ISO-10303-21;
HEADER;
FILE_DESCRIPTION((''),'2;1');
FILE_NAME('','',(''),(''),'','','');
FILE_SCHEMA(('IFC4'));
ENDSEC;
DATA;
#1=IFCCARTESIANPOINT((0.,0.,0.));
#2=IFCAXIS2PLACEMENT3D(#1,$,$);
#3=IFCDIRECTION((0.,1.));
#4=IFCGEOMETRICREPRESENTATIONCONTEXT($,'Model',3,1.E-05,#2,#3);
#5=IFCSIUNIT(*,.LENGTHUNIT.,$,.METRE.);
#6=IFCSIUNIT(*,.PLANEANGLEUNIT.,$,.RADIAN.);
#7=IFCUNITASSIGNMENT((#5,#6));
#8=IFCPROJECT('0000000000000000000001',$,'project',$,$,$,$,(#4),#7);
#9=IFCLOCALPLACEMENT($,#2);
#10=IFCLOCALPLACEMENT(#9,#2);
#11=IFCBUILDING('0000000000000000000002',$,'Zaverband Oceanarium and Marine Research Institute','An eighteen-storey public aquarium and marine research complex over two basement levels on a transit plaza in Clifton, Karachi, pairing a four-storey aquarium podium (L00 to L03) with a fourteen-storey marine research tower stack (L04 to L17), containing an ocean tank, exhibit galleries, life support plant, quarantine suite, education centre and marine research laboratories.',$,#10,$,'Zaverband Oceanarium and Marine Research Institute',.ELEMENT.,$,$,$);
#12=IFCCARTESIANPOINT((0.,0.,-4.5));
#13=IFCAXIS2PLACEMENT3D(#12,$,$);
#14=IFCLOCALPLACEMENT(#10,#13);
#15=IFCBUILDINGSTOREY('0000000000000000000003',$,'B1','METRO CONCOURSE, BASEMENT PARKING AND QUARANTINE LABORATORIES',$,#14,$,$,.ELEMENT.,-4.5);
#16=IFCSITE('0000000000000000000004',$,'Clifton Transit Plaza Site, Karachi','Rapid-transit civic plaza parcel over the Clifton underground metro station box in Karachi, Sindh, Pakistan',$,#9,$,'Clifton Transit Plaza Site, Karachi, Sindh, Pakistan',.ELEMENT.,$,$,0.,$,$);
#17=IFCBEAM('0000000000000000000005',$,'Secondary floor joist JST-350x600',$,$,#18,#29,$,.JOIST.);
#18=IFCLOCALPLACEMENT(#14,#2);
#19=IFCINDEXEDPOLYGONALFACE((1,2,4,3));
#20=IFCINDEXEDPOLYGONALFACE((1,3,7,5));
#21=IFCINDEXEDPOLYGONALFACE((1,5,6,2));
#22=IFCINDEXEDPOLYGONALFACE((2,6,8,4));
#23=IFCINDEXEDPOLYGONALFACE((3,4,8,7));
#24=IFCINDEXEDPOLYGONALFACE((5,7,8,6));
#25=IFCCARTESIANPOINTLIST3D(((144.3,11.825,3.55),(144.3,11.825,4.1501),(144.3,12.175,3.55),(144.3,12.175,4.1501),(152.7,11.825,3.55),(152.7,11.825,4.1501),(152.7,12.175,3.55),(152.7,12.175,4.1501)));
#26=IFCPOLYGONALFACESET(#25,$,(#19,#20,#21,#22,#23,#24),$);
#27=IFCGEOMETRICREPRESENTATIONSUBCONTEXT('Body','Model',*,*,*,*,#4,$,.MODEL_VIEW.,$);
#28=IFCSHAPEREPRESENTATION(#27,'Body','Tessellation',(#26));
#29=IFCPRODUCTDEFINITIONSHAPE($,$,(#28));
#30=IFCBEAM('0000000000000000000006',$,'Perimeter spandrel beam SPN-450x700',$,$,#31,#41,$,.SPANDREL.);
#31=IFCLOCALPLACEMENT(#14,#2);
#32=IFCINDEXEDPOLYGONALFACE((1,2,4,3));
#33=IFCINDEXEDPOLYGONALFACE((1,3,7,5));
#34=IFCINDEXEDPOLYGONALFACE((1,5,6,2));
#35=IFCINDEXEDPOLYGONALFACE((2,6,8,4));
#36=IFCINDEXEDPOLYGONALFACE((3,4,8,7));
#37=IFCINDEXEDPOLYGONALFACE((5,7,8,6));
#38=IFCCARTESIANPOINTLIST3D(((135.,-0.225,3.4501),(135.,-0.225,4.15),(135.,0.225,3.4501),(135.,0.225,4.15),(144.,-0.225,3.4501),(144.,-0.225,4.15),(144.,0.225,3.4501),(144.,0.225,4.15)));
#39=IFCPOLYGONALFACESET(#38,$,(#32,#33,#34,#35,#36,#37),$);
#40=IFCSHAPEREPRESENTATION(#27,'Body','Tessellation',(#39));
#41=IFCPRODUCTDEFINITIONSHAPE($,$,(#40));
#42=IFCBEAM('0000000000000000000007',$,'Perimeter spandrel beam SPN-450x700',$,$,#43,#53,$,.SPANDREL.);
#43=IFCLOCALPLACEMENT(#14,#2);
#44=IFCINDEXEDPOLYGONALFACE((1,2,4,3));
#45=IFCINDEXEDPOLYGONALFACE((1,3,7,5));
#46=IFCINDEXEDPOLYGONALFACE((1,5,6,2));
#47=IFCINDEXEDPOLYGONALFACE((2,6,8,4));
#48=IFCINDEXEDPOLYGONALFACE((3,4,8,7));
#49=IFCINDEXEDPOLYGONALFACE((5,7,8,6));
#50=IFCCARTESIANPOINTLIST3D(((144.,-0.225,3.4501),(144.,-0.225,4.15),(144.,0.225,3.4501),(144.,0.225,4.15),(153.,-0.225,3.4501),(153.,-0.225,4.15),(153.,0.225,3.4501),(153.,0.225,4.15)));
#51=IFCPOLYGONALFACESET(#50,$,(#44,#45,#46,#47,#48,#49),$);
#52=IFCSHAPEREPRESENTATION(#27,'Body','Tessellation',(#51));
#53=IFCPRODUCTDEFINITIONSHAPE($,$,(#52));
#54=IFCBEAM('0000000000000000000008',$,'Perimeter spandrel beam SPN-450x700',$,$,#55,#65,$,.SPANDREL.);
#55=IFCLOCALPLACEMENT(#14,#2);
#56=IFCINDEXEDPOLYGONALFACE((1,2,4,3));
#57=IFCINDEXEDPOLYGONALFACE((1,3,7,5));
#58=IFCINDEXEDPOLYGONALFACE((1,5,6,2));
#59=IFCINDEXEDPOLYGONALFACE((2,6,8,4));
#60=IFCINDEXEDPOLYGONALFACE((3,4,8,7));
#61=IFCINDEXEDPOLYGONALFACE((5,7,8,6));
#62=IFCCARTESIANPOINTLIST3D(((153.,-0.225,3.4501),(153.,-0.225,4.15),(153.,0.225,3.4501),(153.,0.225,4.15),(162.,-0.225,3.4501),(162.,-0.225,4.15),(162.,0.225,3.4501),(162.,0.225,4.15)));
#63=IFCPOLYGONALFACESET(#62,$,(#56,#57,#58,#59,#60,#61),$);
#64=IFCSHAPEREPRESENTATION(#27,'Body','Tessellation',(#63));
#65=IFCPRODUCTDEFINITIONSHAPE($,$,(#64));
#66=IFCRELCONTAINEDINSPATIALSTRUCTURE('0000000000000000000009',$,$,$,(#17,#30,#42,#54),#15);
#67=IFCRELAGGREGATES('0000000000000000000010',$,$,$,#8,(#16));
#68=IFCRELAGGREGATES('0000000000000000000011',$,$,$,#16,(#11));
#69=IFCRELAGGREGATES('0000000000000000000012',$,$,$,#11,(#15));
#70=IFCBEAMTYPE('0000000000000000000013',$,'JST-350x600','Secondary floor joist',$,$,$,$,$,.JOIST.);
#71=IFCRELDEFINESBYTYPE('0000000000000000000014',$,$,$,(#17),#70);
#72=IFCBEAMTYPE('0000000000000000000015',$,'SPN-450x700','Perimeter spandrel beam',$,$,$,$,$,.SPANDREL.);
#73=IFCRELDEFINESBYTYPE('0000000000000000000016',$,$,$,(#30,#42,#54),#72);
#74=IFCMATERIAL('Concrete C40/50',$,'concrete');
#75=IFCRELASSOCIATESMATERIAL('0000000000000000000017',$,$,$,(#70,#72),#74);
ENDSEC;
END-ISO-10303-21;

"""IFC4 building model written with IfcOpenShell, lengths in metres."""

from ifc_helpers import new_model, si_unit, direction, frame, origin, origin_2d, place, context, subcontext, project, spatial, rectangle, extrude, material, material_profile, profile_set, type_object, element, save


model = new_model("IFC4")

# Units and contexts
model_context = context("Model", 3, precision=1e-05, world=origin(), true_north=direction((0.0, 1.0)))
body_context = subcontext(model_context, "Body", "Model", "MODEL_VIEW")
ifc_project = project(units=[si_unit("LENGTHUNIT", "METRE"), si_unit("PLANEANGLEUNIT", "RADIAN")], contexts=[model_context])

# Site, building, storey
site_placement = place(None, origin())
site = spatial("IfcSite", under=ifc_project, at=site_placement, Name="Clifton Transit Plaza Site, Karachi", Description="Rapid-transit civic plaza parcel over the Clifton underground metro station box in Karachi, Sindh, Pakistan", LongName="Clifton Transit Plaza Site, Karachi, Sindh, Pakistan", CompositionType="ELEMENT", RefElevation=0.0)
building_placement = place(site_placement, origin())
building = spatial("IfcBuilding", under=site, at=building_placement, Name="Zaverband Oceanarium and Marine Research Institute", Description="An eighteen-storey public aquarium and marine research complex over two basement levels on a transit plaza in Clifton, Karachi, pairing a four-storey aquarium podium (L00 to L03) with a fourteen-storey marine research tower stack (L04 to L17), containing an ocean tank, exhibit galleries, life support plant, quarantine suite, education centre and marine research laboratories.", LongName="Zaverband Oceanarium and Marine Research Institute", CompositionType="ELEMENT")
storey_placement = place(building_placement, frame((0.0, 0.0, -4.5)))
storey = spatial("IfcBuildingStorey", under=building, at=storey_placement, Name="B1", Description="METRO CONCOURSE, BASEMENT PARKING AND QUARANTINE LABORATORIES", CompositionType="ELEMENT", Elevation=-4.5)

# Beams
ifc_material_1 = material(Name="Concrete C40/50", Category="concrete")
ifc_material_profile_1 = material_profile(ifc_material_1, rectangle(XDim=0.3501, YDim=0.6001, at=origin_2d()), Name="RC350x600")
ifc_profile_set_1 = profile_set([ifc_material_profile_1], Name="Concrete C40/50")
beam_type_1 = type_object("IfcBeamType", Name="JST-350x600", Description="Secondary floor joist", PredefinedType="JOIST", material=ifc_profile_set_1)
for number, where, z_axis, x_axis, name in (
    (1, (144.3, 12.0, 3.8501), (1.0, 0.0, 0.0), (0.0, 1.0, 0.0), "Secondary floor joist JST-350x600"),
):
    element("IfcBeam", number, at=place(storey_placement, frame(where, z_axis=z_axis, x_axis=x_axis)), inside=storey, type_object=beam_type_1, Name=name, PredefinedType="JOIST", context=body_context, shape_type="SweptSolid", body=[
        extrude(rectangle(XDim=0.3501, YDim=0.6001, at=origin_2d()), origin(), (0.0, 0.0, 1.0), 8.3999),
    ])
ifc_material_profile_2 = material_profile(ifc_material_1, rectangle(XDim=0.45, YDim=0.7, at=origin_2d()), Name="RC450x700")
ifc_profile_set_2 = profile_set([ifc_material_profile_2], Name="Concrete C40/50")
beam_type_2 = type_object("IfcBeamType", Name="SPN-450x700", Description="Perimeter spandrel beam", PredefinedType="SPANDREL", material=ifc_profile_set_2)
for number, where, z_axis, x_axis, name in (
    (2, (135.0, 0.0, 3.8), (1.0, 0.0, 0.0), (0.0, 1.0, 0.0), "Perimeter spandrel beam SPN-450x700"),
    (3, (144.0, 0.0, 3.8), (1.0, 0.0, 0.0), (0.0, 1.0, 0.0), "Perimeter spandrel beam SPN-450x700"),
    (4, (153.0, 0.0, 3.8), (1.0, 0.0, 0.0), (0.0, 1.0, 0.0), "Perimeter spandrel beam SPN-450x700"),
):
    element("IfcBeam", number, at=place(storey_placement, frame(where, z_axis=z_axis, x_axis=x_axis)), inside=storey, type_object=beam_type_2, Name=name, PredefinedType="SPANDREL", context=body_context, shape_type="SweptSolid", body=[
        extrude(rectangle(XDim=0.45, YDim=0.7, at=origin_2d()), origin(), (0.0, 0.0, 1.0), 9.0),
    ])

save(model, "model.ifc")
